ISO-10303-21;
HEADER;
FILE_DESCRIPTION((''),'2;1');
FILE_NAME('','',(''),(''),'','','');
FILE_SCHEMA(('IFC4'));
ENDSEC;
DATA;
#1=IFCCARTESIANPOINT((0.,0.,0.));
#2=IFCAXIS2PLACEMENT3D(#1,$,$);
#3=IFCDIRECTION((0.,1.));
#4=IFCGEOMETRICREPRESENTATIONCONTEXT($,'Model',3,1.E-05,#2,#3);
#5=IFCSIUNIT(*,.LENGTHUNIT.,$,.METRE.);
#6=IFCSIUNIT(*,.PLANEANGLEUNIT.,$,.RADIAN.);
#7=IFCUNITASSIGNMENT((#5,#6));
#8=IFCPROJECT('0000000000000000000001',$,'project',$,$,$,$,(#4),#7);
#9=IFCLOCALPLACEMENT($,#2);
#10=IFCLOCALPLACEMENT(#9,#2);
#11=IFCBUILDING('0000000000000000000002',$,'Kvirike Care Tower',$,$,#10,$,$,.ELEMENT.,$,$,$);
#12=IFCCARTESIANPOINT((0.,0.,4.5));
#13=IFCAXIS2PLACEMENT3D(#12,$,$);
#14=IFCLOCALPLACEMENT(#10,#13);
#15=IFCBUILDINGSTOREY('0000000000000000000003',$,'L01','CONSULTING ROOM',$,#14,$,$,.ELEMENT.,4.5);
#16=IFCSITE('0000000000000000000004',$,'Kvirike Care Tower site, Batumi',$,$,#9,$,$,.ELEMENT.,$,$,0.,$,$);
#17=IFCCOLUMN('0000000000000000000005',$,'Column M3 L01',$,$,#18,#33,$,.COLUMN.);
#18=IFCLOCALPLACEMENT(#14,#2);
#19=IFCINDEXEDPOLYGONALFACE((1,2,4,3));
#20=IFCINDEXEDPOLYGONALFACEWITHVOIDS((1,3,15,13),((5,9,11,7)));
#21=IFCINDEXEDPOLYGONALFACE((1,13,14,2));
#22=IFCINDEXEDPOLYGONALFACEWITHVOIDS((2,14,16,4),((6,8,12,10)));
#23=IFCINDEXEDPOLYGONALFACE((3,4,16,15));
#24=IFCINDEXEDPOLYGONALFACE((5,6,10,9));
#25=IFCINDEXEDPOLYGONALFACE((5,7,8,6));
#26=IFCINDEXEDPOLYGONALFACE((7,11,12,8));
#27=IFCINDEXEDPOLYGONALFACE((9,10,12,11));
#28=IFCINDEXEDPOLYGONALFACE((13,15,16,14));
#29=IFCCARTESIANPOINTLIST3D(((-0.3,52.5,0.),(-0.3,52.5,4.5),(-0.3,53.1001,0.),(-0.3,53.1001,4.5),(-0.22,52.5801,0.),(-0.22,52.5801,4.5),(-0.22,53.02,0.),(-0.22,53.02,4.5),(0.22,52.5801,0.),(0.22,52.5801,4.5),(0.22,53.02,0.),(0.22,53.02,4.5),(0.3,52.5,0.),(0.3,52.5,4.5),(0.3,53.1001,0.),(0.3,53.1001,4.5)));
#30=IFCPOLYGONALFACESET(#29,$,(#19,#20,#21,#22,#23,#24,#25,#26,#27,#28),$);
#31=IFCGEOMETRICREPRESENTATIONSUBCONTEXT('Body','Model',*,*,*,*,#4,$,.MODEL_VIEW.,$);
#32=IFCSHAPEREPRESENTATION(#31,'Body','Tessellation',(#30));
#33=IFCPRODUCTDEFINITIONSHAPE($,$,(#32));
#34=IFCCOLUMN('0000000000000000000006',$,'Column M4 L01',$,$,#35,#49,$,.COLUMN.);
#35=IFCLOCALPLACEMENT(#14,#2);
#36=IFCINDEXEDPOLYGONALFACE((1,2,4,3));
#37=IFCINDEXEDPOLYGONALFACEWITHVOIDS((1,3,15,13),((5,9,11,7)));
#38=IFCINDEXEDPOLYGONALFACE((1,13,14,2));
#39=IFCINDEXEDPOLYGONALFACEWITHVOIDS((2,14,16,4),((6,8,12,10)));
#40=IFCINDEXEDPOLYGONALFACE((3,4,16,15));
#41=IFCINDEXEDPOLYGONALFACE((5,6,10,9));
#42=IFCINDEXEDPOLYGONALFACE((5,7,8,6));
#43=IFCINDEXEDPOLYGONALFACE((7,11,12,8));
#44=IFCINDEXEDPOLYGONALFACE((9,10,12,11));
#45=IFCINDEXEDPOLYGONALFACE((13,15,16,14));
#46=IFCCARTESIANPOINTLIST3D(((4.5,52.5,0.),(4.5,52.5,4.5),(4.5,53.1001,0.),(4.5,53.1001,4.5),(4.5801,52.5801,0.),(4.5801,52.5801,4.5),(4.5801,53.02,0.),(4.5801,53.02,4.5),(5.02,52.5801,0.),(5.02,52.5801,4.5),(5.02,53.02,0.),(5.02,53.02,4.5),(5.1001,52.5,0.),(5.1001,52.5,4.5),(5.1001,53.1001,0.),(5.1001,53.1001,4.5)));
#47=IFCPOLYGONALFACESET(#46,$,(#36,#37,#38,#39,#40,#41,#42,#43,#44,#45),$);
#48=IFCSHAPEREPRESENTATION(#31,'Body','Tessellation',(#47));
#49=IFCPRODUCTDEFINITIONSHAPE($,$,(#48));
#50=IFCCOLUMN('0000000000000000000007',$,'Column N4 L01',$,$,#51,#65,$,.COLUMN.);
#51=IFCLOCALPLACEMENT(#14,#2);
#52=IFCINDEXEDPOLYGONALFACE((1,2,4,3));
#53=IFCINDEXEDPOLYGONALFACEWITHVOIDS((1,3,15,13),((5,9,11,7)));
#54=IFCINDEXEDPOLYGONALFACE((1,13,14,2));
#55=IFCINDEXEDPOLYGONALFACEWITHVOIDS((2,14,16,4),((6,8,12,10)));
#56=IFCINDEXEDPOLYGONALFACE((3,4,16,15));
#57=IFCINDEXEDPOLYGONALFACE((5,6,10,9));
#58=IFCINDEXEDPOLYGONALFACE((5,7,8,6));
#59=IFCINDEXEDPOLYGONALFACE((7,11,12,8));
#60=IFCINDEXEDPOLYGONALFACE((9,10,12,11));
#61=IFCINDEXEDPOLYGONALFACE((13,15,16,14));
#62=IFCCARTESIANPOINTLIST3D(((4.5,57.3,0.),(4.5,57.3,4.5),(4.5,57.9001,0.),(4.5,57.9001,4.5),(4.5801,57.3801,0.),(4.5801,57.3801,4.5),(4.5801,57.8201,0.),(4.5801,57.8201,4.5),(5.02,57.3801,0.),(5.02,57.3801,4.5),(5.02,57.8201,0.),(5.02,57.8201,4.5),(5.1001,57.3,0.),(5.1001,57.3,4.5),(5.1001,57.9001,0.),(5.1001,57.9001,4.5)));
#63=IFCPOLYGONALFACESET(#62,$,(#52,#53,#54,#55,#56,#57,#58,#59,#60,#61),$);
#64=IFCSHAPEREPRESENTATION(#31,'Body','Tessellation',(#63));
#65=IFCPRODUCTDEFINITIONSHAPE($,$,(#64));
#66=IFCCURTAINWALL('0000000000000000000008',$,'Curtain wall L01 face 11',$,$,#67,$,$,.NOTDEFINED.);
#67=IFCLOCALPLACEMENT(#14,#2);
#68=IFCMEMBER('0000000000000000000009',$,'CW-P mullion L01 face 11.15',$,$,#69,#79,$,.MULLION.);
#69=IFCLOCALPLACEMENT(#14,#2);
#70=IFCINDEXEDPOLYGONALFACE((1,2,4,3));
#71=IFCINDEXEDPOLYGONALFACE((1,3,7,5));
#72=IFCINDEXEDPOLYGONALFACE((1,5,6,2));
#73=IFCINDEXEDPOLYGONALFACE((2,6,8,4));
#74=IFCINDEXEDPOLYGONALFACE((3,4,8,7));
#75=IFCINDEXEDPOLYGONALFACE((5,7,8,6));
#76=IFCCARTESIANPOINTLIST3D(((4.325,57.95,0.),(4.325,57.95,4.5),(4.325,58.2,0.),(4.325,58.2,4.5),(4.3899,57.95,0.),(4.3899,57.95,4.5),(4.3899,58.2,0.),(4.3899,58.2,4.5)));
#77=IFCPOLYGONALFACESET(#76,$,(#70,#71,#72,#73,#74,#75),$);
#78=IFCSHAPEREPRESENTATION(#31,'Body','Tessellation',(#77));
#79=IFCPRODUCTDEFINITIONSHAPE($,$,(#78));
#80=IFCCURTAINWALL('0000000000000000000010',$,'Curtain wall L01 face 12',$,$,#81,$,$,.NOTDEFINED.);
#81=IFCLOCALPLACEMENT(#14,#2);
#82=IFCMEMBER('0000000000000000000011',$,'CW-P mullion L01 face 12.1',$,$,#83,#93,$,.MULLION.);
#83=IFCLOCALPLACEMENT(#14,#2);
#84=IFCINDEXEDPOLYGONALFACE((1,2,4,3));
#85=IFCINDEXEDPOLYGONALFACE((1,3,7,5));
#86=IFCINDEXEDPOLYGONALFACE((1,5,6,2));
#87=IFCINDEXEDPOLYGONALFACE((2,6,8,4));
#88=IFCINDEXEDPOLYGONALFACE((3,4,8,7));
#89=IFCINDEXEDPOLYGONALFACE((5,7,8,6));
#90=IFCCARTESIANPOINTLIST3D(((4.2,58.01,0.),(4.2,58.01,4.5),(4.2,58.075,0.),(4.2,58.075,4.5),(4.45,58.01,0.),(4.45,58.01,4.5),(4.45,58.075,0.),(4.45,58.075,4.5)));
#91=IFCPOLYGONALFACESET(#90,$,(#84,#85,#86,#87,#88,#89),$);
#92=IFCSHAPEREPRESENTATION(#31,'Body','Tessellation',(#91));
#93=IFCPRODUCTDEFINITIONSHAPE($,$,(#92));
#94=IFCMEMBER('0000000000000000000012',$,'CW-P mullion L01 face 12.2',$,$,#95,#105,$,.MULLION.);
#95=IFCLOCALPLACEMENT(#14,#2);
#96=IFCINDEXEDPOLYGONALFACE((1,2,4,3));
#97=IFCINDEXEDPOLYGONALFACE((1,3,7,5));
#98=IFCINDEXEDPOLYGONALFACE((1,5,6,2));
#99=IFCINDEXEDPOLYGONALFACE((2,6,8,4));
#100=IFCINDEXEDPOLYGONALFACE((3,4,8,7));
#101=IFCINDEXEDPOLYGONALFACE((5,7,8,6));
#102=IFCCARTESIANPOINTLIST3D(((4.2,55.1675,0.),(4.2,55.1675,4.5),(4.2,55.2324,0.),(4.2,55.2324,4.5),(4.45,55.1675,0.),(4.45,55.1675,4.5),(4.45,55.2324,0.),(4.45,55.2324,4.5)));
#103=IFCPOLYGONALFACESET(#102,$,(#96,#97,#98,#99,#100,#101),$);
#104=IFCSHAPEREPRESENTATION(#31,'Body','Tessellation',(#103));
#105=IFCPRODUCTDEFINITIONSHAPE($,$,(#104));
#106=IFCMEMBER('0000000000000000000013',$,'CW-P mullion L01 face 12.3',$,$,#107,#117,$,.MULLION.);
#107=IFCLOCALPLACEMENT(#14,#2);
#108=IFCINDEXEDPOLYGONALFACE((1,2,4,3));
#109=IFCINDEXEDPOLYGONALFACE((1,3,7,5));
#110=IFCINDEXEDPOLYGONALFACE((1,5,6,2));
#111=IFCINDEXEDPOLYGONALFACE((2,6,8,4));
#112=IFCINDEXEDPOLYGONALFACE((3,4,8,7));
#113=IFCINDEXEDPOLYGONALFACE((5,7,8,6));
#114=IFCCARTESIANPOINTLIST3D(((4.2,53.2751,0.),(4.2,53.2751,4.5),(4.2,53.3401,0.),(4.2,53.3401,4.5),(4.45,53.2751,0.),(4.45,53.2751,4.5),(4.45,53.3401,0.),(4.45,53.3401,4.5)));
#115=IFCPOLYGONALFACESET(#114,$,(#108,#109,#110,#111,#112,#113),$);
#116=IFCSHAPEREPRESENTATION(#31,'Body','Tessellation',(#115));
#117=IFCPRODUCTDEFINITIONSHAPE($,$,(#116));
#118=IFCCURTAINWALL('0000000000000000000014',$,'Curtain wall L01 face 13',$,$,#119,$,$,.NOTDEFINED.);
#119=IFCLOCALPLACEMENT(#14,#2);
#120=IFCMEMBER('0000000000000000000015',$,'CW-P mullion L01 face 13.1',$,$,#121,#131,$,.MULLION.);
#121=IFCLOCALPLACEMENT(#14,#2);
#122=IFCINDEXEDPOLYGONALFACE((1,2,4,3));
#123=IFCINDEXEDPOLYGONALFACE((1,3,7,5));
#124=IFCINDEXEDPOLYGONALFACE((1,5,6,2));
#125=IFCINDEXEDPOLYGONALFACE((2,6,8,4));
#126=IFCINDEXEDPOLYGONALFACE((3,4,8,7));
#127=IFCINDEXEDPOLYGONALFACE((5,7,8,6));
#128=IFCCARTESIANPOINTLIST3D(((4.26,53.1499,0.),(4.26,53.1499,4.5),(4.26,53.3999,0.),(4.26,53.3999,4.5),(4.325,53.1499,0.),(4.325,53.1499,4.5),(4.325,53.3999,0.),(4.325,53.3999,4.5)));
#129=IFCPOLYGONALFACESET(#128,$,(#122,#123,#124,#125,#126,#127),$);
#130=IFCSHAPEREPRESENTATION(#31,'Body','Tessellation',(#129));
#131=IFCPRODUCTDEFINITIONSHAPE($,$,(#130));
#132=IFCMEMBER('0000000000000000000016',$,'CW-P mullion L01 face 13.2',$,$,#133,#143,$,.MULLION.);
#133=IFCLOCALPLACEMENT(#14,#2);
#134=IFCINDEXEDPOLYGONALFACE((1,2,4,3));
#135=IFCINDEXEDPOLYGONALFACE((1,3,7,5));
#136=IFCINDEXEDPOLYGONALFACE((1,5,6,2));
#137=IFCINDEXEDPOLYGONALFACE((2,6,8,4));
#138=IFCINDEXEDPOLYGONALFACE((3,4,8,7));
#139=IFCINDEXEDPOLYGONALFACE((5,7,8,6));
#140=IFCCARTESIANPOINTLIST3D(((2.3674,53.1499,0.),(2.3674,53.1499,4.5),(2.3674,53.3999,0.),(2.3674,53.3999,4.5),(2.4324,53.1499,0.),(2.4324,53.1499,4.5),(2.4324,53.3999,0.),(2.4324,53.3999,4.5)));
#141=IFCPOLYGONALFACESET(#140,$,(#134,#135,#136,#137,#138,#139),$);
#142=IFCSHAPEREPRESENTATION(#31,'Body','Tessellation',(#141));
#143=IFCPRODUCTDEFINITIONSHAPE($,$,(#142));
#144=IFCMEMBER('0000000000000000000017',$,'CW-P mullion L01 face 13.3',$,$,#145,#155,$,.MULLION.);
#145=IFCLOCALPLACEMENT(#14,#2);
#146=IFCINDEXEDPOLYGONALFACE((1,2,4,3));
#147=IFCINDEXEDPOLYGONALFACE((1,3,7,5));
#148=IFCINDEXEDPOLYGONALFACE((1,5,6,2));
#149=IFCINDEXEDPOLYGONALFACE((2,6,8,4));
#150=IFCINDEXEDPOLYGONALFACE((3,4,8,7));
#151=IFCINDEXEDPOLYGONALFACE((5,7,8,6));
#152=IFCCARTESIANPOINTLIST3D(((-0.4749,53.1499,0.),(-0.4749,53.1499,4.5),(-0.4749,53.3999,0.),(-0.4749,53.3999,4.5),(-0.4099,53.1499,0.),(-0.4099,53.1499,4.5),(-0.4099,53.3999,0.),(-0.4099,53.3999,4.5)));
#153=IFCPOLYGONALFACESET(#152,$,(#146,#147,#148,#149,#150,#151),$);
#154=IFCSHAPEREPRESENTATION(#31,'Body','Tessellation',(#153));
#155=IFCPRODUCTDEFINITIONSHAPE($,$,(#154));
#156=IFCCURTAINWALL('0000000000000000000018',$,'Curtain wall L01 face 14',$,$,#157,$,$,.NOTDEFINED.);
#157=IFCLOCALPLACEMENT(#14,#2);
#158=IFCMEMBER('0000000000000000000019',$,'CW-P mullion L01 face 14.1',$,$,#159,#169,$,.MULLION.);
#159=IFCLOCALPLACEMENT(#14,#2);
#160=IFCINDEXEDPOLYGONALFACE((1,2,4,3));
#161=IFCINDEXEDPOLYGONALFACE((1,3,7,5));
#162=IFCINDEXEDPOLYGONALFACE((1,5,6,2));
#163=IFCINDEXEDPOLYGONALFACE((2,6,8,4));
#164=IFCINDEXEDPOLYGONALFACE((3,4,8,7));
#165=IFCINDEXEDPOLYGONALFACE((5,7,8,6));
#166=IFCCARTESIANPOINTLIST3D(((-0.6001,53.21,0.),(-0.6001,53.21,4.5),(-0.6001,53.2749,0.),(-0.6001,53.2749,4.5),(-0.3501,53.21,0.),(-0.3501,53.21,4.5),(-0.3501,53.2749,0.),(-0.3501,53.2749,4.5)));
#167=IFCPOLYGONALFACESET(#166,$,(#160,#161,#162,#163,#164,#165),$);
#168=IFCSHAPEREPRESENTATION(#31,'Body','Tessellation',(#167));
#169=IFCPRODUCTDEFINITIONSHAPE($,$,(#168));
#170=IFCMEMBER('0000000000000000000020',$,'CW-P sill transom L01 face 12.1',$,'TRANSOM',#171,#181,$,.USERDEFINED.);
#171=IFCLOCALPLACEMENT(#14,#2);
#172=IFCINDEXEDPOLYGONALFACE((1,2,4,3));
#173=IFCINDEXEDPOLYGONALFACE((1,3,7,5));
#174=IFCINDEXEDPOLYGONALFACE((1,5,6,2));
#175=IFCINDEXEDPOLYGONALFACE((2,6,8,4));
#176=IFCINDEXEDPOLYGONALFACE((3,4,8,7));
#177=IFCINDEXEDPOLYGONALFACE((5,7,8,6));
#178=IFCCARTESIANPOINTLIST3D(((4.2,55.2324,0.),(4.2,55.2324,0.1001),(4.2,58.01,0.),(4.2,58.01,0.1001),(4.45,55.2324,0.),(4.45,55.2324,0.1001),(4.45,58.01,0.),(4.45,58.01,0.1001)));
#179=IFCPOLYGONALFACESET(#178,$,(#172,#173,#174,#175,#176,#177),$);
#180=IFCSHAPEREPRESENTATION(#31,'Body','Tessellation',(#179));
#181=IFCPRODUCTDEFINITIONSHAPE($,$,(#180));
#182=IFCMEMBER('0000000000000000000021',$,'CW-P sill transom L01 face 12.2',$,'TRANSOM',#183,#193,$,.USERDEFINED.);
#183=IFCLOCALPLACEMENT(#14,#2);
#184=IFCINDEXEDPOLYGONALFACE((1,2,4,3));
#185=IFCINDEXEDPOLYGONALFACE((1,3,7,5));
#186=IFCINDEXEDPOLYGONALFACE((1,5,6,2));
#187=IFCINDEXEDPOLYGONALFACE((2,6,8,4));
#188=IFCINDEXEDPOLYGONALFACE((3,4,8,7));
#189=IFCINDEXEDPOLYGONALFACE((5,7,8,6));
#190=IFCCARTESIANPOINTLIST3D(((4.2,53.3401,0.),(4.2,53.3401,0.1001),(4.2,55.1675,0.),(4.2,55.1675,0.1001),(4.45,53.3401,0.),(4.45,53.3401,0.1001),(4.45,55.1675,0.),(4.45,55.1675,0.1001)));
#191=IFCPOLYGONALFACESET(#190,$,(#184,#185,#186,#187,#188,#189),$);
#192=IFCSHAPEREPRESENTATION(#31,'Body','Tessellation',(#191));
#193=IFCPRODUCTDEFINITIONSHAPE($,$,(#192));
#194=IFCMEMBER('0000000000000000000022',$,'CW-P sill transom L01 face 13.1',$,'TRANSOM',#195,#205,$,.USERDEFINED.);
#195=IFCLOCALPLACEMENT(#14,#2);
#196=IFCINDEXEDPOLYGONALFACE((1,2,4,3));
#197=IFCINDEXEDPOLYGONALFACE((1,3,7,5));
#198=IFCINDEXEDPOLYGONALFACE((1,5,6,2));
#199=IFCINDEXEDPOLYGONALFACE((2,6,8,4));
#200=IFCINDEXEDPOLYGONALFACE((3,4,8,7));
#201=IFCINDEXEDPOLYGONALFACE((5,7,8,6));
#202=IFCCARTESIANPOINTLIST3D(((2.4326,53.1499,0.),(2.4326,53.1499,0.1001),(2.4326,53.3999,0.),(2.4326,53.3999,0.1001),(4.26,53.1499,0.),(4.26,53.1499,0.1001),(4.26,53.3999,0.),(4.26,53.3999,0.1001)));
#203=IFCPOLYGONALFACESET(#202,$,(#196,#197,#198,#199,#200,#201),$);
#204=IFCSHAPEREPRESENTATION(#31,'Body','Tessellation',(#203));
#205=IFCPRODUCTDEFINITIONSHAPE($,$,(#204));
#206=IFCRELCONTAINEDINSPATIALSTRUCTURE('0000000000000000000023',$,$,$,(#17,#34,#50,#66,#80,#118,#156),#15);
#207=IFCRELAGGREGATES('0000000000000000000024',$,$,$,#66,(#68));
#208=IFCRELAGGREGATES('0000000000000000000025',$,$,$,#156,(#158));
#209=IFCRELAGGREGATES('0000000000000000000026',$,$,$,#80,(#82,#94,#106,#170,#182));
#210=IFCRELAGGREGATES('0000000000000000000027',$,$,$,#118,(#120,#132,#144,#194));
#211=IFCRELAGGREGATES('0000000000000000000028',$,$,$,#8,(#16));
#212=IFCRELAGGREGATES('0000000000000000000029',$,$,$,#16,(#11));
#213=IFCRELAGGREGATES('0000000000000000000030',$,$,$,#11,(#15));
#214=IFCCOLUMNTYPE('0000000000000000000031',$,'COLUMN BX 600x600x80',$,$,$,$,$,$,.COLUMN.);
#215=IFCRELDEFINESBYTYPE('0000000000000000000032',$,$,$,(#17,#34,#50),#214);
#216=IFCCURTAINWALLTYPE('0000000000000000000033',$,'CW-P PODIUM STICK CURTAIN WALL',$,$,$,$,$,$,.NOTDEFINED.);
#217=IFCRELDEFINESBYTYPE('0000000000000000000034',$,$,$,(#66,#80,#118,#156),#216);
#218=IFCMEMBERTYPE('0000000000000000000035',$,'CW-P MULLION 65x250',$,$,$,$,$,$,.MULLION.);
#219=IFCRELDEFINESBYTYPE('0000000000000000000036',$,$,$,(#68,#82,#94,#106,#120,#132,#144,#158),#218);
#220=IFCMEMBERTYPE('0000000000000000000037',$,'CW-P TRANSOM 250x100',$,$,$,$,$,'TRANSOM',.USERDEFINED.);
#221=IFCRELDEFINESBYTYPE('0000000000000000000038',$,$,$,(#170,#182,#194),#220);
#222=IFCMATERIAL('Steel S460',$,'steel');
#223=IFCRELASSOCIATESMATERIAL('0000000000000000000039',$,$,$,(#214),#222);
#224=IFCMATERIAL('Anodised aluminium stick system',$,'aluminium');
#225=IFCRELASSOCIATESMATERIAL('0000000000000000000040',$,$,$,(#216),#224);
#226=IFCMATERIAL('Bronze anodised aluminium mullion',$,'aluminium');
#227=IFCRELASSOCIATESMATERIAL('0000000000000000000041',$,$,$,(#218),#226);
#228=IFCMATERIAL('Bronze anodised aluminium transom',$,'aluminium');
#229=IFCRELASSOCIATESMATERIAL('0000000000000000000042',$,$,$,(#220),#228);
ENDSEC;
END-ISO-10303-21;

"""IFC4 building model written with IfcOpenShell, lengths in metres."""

from ifc_helpers import new_model, si_unit, direction, frame, origin, origin_2d, place, context, subcontext, project, spatial, rectangle, hollow_rectangle, extrude, material, material_profile, profile_set, type_object, element, aggregate, save


model = new_model("IFC4")

# Units and contexts
model_context = context("Model", 3, precision=1e-05, world=origin(), true_north=direction((0.0, 1.0)))
body_context = subcontext(model_context, "Body", "Model", "MODEL_VIEW")
ifc_project = project(units=[si_unit("LENGTHUNIT", "METRE"), si_unit("PLANEANGLEUNIT", "RADIAN")], contexts=[model_context])

# Site, building, storey
site_placement = place(None, origin())
site = spatial("IfcSite", under=ifc_project, at=site_placement, Name="Kvirike Care Tower site, Batumi", CompositionType="ELEMENT", RefElevation=0.0)
building_placement = place(site_placement, origin())
building = spatial("IfcBuilding", under=site, at=building_placement, Name="Kvirike Care Tower", CompositionType="ELEMENT")
storey_placement = place(building_placement, frame((0.0, 0.0, 4.5)))
storey = spatial("IfcBuildingStorey", under=building, at=storey_placement, Name="L01", Description="CONSULTING ROOM", CompositionType="ELEMENT", Elevation=4.5)

# Columns
ifc_material_1 = material(Name="Steel S460", Category="steel")
ifc_material_profile_1 = material_profile(ifc_material_1, hollow_rectangle(XDim=0.6001, YDim=0.6001, WallThickness=0.0801, at=origin_2d()), Name="BX 600x600x80")
ifc_profile_set_1 = profile_set([ifc_material_profile_1], Name="Steel S460")
column_type = type_object("IfcColumnType", Name="COLUMN BX 600x600x80", PredefinedType="COLUMN", material=ifc_profile_set_1)
for number, where, z_axis, x_axis, name in (
    (1, (0.0, 52.8, 0.0), (0.0, 0.0, 1.0), (0.0, 1.0, 0.0), "Column M3 L01"),
    (2, (4.8, 52.8, 0.0), (0.0, 0.0, 1.0), (0.0, 1.0, 0.0), "Column M4 L01"),
    (3, (4.8, 57.6001, 0.0), (0.0, 0.0, 1.0), (0.0, 1.0, 0.0), "Column N4 L01"),
):
    element("IfcColumn", number, at=place(storey_placement, frame(where, z_axis=z_axis, x_axis=x_axis)), inside=storey, type_object=column_type, Name=name, PredefinedType="COLUMN", context=body_context, shape_type="SweptSolid", body=[
        extrude(hollow_rectangle(XDim=0.6001, YDim=0.6001, WallThickness=0.0801, at=origin_2d()), origin(), (0.0, 0.0, 1.0), 4.5),
    ])

# Curtain wall, member
ifc_material_2 = material(Name="Anodised aluminium stick system", Category="aluminium")
curtain_wall_type = type_object("IfcCurtainWallType", Name="CW-P PODIUM STICK CURTAIN WALL", PredefinedType="NOTDEFINED", material=ifc_material_2)
curtain_wall_1_placement = place(storey_placement, origin())
curtain_wall_1 = element("IfcCurtainWall", 4, at=curtain_wall_1_placement, inside=storey, type_object=curtain_wall_type, Name="Curtain wall L01 face 11", PredefinedType="NOTDEFINED")
ifc_material_3 = material(Name="Bronze anodised aluminium mullion", Category="aluminium")
ifc_material_profile_2 = material_profile(ifc_material_3, rectangle(XDim=0.0649, YDim=0.25, at=origin_2d()), Name="CW-P MULLION 65x250")
ifc_profile_set_2 = profile_set([ifc_material_profile_2], Name="Bronze anodised aluminium mullion")
member_type_1 = type_object("IfcMemberType", Name="CW-P MULLION 65x250", PredefinedType="MULLION", material=ifc_profile_set_2)
member_1_placement = place(storey_placement, frame((4.3574, 58.075, 0.0), z_axis=(0.0, 0.0, 1.0), x_axis=(-1.0, 0.0, 0.0)))
member_1 = element("IfcMember", 5, at=member_1_placement, type_object=member_type_1, Name="CW-P mullion L01 face 11.15", PredefinedType="MULLION", context=body_context, shape_type="SweptSolid", body=[
    extrude(rectangle(XDim=0.0649, YDim=0.25, at=origin_2d()), origin(), (0.0, 0.0, 1.0), 4.5),
])
aggregate(curtain_wall_1, [member_1])

# Curtain walls, members
curtain_wall_2_placement = place(storey_placement, origin())
curtain_wall_2 = element("IfcCurtainWall", 6, at=curtain_wall_2_placement, inside=storey, type_object=curtain_wall_type, Name="Curtain wall L01 face 12", PredefinedType="NOTDEFINED")
member_2_placement = place(storey_placement, frame((4.325, 58.0425, 0.0), z_axis=(0.0, 0.0, 1.0), x_axis=(0.0, -1.0, 0.0)))
member_2 = element("IfcMember", 7, at=member_2_placement, type_object=member_type_1, Name="CW-P mullion L01 face 12.1", PredefinedType="MULLION", context=body_context, shape_type="SweptSolid", body=[
    extrude(rectangle(XDim=0.0649, YDim=0.25, at=origin_2d()), origin(), (0.0, 0.0, 1.0), 4.5),
])
member_3_placement = place(storey_placement, frame((4.325, 55.2, 0.0), z_axis=(0.0, 0.0, 1.0), x_axis=(0.0, -1.0, 0.0)))
member_3 = element("IfcMember", 8, at=member_3_placement, type_object=member_type_1, Name="CW-P mullion L01 face 12.2", PredefinedType="MULLION", context=body_context, shape_type="SweptSolid", body=[
    extrude(rectangle(XDim=0.0649, YDim=0.25, at=origin_2d()), origin(), (0.0, 0.0, 1.0), 4.5),
])
member_4_placement = place(storey_placement, frame((4.325, 53.3076, 0.0), z_axis=(0.0, 0.0, 1.0), x_axis=(0.0, -1.0, 0.0)))
member_4 = element("IfcMember", 9, at=member_4_placement, type_object=member_type_1, Name="CW-P mullion L01 face 12.3", PredefinedType="MULLION", context=body_context, shape_type="SweptSolid", body=[
    extrude(rectangle(XDim=0.0649, YDim=0.25, at=origin_2d()), origin(), (0.0, 0.0, 1.0), 4.5),
])
curtain_wall_3_placement = place(storey_placement, origin())
curtain_wall_3 = element("IfcCurtainWall", 10, at=curtain_wall_3_placement, inside=storey, type_object=curtain_wall_type, Name="Curtain wall L01 face 13", PredefinedType="NOTDEFINED")
member_5_placement = place(storey_placement, frame((4.2925, 53.2749, 0.0), z_axis=(0.0, 0.0, 1.0), x_axis=(-1.0, 0.0, 0.0)))
member_5 = element("IfcMember", 11, at=member_5_placement, type_object=member_type_1, Name="CW-P mullion L01 face 13.1", PredefinedType="MULLION", context=body_context, shape_type="SweptSolid", body=[
    extrude(rectangle(XDim=0.0649, YDim=0.25, at=origin_2d()), origin(), (0.0, 0.0, 1.0), 4.5),
])
member_6_placement = place(storey_placement, frame((2.3999, 53.2749, 0.0), z_axis=(0.0, 0.0, 1.0), x_axis=(-1.0, 0.0, 0.0)))
member_6 = element("IfcMember", 12, at=member_6_placement, type_object=member_type_1, Name="CW-P mullion L01 face 13.2", PredefinedType="MULLION", context=body_context, shape_type="SweptSolid", body=[
    extrude(rectangle(XDim=0.0649, YDim=0.25, at=origin_2d()), origin(), (0.0, 0.0, 1.0), 4.5),
])
member_7_placement = place(storey_placement, frame((-0.4424, 53.2749, 0.0), z_axis=(0.0, 0.0, 1.0), x_axis=(-1.0, 0.0, 0.0)))
member_7 = element("IfcMember", 13, at=member_7_placement, type_object=member_type_1, Name="CW-P mullion L01 face 13.3", PredefinedType="MULLION", context=body_context, shape_type="SweptSolid", body=[
    extrude(rectangle(XDim=0.0649, YDim=0.25, at=origin_2d()), origin(), (0.0, 0.0, 1.0), 4.5),
])

# Curtain wall, member
curtain_wall_4_placement = place(storey_placement, origin())
curtain_wall_4 = element("IfcCurtainWall", 14, at=curtain_wall_4_placement, inside=storey, type_object=curtain_wall_type, Name="Curtain wall L01 face 14", PredefinedType="NOTDEFINED")
member_8_placement = place(storey_placement, frame((-0.4751, 53.2424, 0.0), z_axis=(0.0, 0.0, 1.0), x_axis=(0.0, -1.0, 0.0)))
member_8 = element("IfcMember", 15, at=member_8_placement, type_object=member_type_1, Name="CW-P mullion L01 face 14.1", PredefinedType="MULLION", context=body_context, shape_type="SweptSolid", body=[
    extrude(rectangle(XDim=0.0649, YDim=0.25, at=origin_2d()), origin(), (0.0, 0.0, 1.0), 4.5),
])

# Members
ifc_material_4 = material(Name="Bronze anodised aluminium transom", Category="aluminium")
ifc_material_profile_3 = material_profile(ifc_material_4, rectangle(XDim=0.25, YDim=0.1001, at=origin_2d()), Name="CW-P TRANSOM 250x100")
ifc_profile_set_3 = profile_set([ifc_material_profile_3], Name="Bronze anodised aluminium transom")
member_type_2 = type_object("IfcMemberType", Name="CW-P TRANSOM 250x100", ElementType="TRANSOM", PredefinedType="USERDEFINED", material=ifc_profile_set_3)
member_9_placement = place(storey_placement, frame((4.325, 58.01, 0.05), z_axis=(0.0, -1.0, 0.0), x_axis=(1.0, 0.0, 0.0)))
member_9 = element("IfcMember", 16, at=member_9_placement, type_object=member_type_2, Name="CW-P sill transom L01 face 12.1", ObjectType="TRANSOM", PredefinedType="USERDEFINED", context=body_context, shape_type="SweptSolid", body=[
    extrude(rectangle(XDim=0.25, YDim=0.1001, at=origin_2d()), origin(), (0.0, 0.0, 1.0), 2.7776),
])
member_10_placement = place(storey_placement, frame((4.325, 55.1675, 0.05), z_axis=(0.0, -1.0, 0.0), x_axis=(1.0, 0.0, 0.0)))
member_10 = element("IfcMember", 17, at=member_10_placement, type_object=member_type_2, Name="CW-P sill transom L01 face 12.2", ObjectType="TRANSOM", PredefinedType="USERDEFINED", context=body_context, shape_type="SweptSolid", body=[
    extrude(rectangle(XDim=0.25, YDim=0.1001, at=origin_2d()), origin(), (0.0, 0.0, 1.0), 1.8274),
])
member_11_placement = place(storey_placement, frame((4.26, 53.2749, 0.05), z_axis=(-1.0, 0.0, 0.0), x_axis=(0.0, -1.0, 0.0)))
member_11 = element("IfcMember", 18, at=member_11_placement, type_object=member_type_2, Name="CW-P sill transom L01 face 13.1", ObjectType="TRANSOM", PredefinedType="USERDEFINED", context=body_context, shape_type="SweptSolid", body=[
    extrude(rectangle(XDim=0.25, YDim=0.1001, at=origin_2d()), origin(), (0.0, 0.0, 1.0), 1.8274),
])
aggregate(curtain_wall_4, [member_8])

aggregate(curtain_wall_2, [member_2, member_3, member_4, member_9, member_10])
aggregate(curtain_wall_3, [member_5, member_6, member_7, member_11])

save(model, "model.ifc")
